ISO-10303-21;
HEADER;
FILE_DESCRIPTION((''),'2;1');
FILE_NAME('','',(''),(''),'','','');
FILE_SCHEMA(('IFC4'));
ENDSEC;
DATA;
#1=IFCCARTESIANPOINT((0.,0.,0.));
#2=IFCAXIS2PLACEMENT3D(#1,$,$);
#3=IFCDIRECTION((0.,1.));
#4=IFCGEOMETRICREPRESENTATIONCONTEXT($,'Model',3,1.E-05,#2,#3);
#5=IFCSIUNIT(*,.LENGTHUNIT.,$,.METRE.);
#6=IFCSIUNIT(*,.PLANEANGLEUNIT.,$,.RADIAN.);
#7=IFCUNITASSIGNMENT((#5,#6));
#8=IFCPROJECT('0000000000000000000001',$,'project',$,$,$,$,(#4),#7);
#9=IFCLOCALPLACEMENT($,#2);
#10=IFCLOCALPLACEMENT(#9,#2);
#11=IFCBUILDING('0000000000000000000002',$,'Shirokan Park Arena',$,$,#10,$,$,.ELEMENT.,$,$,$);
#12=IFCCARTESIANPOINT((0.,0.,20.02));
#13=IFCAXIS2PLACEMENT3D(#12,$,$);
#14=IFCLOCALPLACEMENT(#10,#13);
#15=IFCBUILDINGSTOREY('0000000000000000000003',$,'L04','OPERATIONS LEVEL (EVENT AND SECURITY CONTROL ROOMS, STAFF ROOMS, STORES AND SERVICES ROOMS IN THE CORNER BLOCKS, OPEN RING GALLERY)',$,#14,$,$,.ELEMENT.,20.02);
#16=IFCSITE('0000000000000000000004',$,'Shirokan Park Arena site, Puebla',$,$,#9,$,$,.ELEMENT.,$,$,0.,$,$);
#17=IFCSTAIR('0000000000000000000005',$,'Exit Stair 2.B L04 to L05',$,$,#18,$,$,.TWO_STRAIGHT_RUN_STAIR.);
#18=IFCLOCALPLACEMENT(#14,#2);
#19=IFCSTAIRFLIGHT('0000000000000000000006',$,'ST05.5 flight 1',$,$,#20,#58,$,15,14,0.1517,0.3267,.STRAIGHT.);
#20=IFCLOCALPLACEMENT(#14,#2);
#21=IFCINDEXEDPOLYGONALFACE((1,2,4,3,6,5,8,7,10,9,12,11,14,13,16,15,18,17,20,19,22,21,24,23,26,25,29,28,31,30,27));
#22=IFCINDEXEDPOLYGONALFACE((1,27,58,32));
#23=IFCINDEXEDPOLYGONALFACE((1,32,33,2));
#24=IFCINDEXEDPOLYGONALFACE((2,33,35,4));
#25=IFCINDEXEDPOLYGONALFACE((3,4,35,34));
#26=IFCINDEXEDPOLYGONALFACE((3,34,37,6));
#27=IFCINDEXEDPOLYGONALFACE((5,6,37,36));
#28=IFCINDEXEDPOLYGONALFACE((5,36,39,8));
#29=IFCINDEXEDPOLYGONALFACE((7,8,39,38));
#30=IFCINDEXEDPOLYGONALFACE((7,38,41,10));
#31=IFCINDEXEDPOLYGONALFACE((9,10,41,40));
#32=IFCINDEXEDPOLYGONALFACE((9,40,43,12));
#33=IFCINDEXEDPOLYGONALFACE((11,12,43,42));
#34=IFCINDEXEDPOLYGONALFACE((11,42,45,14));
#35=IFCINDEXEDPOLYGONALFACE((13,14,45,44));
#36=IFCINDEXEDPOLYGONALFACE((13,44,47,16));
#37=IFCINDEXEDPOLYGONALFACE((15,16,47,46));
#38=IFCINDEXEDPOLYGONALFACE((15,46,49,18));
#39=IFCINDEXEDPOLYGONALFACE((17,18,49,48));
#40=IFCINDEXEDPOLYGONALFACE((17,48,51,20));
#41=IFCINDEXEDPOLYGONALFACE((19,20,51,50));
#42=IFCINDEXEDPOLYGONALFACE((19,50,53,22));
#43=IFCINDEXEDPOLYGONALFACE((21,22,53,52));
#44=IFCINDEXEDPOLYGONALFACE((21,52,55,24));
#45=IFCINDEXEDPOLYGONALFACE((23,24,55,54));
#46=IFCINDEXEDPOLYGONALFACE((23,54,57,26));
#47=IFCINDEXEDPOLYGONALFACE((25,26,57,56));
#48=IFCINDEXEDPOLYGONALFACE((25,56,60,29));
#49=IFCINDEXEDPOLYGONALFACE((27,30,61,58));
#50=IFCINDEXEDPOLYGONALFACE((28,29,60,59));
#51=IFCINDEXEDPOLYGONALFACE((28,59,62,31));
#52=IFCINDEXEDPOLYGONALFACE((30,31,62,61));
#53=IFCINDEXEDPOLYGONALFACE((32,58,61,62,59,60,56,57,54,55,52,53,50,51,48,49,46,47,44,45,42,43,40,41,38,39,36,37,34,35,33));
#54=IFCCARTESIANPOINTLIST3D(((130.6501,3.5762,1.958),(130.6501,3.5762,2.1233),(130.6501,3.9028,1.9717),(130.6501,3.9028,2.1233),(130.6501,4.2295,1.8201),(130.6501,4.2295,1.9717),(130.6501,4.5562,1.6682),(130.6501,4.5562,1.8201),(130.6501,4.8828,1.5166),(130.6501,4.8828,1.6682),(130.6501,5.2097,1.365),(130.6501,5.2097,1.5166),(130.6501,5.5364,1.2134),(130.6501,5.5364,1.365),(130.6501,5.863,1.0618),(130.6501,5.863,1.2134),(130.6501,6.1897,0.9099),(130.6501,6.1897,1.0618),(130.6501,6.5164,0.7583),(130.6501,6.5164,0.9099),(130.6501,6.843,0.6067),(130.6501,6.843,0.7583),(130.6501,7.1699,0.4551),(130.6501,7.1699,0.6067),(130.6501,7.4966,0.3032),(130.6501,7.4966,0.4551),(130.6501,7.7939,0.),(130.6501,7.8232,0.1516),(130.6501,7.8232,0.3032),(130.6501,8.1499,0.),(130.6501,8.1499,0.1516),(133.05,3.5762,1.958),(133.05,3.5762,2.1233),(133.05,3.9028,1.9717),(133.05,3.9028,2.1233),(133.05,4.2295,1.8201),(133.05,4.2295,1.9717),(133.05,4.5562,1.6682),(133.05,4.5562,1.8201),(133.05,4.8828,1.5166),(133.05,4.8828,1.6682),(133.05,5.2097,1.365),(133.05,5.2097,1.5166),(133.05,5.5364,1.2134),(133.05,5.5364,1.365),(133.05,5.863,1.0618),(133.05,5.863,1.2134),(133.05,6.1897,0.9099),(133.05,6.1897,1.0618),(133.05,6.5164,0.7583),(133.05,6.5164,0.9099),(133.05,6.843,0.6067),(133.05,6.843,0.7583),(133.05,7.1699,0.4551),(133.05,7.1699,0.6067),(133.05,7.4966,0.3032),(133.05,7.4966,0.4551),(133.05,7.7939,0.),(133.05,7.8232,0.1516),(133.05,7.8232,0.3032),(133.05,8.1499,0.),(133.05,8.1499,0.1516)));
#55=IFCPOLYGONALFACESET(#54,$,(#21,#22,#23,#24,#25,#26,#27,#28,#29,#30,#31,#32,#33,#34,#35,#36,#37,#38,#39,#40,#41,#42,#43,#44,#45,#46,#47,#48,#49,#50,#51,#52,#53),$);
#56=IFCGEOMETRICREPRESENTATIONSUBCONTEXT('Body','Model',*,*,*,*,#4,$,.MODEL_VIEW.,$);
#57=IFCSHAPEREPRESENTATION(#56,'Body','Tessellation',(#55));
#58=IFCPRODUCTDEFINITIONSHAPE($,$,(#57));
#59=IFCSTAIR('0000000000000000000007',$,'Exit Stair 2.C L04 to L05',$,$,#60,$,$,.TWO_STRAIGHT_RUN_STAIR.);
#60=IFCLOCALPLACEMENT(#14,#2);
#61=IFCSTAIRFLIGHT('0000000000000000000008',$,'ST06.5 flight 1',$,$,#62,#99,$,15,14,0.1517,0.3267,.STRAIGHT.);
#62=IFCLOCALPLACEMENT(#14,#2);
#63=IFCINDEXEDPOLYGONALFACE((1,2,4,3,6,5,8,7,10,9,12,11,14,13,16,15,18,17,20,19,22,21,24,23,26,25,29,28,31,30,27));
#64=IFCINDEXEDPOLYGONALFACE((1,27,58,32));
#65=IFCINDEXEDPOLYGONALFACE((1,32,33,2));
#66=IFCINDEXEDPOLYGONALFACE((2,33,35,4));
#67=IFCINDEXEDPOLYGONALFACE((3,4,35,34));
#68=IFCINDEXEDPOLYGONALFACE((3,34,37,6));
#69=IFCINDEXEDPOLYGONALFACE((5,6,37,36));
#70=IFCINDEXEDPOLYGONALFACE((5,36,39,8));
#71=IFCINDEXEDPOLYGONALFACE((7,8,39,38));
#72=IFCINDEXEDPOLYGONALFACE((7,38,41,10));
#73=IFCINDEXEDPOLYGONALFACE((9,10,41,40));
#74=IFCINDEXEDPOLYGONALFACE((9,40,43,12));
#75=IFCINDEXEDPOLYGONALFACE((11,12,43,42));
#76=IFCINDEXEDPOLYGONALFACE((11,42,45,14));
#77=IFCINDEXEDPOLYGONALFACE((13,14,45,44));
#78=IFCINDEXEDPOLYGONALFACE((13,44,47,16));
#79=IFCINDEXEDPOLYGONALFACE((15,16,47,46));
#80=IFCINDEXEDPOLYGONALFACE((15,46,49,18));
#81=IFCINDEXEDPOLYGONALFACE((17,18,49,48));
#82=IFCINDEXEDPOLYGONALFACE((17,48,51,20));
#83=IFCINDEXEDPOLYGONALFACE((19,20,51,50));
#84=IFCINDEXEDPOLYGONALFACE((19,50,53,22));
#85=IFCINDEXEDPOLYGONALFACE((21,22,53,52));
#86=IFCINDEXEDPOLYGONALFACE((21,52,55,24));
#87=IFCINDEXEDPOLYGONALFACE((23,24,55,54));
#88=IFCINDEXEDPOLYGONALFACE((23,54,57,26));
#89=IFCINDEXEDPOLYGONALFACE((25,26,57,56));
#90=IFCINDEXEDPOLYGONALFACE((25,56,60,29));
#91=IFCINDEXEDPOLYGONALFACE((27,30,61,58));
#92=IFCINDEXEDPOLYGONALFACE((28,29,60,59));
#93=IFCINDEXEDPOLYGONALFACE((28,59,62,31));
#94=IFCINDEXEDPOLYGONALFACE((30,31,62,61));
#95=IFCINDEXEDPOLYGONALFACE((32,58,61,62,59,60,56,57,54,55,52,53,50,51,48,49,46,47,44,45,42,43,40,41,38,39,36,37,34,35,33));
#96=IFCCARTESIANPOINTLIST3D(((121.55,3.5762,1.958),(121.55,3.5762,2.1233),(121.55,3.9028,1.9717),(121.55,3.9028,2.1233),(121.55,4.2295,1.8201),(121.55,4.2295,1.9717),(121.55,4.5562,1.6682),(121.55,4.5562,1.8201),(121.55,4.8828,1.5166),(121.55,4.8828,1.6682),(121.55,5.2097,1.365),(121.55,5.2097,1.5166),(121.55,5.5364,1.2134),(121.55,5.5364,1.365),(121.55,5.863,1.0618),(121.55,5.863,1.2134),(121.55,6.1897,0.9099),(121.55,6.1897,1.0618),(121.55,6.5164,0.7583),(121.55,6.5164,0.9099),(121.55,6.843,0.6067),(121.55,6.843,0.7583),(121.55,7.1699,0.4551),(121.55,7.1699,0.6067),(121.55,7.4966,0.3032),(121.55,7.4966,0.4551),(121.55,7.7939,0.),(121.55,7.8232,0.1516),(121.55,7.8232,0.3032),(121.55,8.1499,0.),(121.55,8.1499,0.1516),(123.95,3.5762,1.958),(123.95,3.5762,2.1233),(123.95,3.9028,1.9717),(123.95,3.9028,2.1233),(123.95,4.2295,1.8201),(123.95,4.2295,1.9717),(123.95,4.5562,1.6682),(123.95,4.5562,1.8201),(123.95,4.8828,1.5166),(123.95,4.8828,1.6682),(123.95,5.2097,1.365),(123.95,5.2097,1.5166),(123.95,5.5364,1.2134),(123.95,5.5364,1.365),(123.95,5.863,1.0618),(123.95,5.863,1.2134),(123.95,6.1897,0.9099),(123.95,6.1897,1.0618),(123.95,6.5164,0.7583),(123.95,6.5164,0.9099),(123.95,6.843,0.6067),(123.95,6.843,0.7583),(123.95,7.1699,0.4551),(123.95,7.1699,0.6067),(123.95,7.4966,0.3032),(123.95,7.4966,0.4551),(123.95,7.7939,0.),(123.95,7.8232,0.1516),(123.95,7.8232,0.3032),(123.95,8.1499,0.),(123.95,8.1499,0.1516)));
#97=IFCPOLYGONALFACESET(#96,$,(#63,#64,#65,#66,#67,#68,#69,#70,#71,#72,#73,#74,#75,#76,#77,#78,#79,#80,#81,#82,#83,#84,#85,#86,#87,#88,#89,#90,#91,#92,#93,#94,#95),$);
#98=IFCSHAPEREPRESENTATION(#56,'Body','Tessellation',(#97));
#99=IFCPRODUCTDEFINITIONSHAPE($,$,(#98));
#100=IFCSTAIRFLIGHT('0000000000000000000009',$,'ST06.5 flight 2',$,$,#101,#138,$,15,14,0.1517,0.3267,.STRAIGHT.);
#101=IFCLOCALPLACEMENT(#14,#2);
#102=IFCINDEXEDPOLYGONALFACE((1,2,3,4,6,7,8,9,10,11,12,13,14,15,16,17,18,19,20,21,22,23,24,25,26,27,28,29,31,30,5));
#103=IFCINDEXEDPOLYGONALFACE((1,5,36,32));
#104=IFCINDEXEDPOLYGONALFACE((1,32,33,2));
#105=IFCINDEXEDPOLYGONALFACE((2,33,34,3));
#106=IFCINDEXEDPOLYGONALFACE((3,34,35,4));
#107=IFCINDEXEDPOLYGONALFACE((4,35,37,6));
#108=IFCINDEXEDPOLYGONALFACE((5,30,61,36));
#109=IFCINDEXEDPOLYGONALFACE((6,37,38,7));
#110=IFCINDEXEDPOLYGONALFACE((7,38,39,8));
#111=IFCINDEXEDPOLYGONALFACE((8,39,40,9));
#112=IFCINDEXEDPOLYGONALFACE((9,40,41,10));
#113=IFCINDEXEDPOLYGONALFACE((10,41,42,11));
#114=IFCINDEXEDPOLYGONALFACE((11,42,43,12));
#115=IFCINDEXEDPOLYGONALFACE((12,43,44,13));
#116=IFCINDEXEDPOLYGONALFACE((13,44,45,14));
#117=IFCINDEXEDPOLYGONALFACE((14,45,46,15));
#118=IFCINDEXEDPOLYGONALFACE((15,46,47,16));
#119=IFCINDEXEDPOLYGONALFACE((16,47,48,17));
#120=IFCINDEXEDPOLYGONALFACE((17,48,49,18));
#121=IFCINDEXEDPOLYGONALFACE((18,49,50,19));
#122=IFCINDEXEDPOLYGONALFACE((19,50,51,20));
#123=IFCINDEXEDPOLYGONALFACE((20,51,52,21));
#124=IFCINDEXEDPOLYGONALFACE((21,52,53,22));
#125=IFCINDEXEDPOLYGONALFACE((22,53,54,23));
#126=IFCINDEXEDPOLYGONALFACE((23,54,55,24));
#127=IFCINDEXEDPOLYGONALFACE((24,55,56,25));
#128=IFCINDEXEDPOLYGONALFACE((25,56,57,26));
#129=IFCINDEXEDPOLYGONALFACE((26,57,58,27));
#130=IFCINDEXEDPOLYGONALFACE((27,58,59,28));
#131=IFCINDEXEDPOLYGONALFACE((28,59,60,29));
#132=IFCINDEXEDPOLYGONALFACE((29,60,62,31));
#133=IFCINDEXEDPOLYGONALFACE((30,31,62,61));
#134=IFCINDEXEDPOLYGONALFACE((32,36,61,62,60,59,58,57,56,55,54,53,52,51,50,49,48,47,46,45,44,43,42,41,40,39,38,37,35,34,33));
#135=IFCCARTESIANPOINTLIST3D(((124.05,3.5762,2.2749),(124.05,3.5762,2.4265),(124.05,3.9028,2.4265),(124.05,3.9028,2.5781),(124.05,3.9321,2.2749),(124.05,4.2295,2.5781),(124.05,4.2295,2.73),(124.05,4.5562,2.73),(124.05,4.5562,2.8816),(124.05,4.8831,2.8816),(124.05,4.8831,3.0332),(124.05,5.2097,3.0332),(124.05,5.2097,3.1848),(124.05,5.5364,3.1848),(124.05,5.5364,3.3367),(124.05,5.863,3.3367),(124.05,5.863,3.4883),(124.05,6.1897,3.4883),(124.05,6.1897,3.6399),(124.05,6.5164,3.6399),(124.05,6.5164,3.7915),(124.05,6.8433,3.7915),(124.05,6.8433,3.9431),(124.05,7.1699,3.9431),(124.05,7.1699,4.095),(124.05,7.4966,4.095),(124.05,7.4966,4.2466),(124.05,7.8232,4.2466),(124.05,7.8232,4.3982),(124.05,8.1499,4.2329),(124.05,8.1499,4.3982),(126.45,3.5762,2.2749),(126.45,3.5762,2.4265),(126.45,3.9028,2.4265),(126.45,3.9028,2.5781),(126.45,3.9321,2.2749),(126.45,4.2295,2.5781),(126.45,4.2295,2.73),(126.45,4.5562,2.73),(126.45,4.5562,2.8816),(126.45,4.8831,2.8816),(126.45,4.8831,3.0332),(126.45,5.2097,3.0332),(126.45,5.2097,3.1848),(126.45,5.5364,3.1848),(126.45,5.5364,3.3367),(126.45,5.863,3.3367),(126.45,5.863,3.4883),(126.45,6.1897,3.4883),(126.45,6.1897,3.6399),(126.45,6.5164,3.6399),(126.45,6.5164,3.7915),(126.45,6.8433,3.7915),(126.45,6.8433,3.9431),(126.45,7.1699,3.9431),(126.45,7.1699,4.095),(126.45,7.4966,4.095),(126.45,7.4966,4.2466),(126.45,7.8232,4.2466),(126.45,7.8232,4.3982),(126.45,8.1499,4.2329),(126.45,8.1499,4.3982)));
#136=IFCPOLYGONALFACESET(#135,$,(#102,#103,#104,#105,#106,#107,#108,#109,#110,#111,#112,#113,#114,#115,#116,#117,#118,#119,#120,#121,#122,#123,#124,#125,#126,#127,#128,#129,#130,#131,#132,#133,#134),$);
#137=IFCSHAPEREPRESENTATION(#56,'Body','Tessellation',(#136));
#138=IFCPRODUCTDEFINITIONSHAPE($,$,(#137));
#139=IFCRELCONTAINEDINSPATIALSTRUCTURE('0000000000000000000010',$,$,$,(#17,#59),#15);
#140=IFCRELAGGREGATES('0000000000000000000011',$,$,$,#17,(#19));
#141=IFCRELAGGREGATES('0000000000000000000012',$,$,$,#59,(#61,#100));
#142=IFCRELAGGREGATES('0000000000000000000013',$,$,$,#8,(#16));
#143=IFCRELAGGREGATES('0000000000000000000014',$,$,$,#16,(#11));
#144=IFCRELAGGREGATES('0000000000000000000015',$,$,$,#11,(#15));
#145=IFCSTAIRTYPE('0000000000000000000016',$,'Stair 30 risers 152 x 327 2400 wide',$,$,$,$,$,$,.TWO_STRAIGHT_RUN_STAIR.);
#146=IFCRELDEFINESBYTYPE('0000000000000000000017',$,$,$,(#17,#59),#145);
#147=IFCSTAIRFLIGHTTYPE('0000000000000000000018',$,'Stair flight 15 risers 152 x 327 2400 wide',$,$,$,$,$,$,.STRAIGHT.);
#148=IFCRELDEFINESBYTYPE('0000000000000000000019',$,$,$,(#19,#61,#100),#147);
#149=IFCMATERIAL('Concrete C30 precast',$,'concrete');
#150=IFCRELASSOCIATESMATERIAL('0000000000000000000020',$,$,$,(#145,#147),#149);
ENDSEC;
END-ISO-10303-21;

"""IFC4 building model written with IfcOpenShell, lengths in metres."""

from ifc_helpers import new_model, si_unit, direction, frame, origin, place, context, subcontext, project, spatial, polyline, outline, extrude, material, type_object, element, aggregate, save


model = new_model("IFC4")

# Units and contexts
model_context = context("Model", 3, precision=1e-05, world=origin(), true_north=direction((0.0, 1.0)))
body_context = subcontext(model_context, "Body", "Model", "MODEL_VIEW")
ifc_project = project(units=[si_unit("LENGTHUNIT", "METRE"), si_unit("PLANEANGLEUNIT", "RADIAN")], contexts=[model_context])

# Site, building, storey
site_placement = place(None, origin())
site = spatial("IfcSite", under=ifc_project, at=site_placement, Name="Shirokan Park Arena site, Puebla", CompositionType="ELEMENT", RefElevation=0.0)
building_placement = place(site_placement, origin())
building = spatial("IfcBuilding", under=site, at=building_placement, Name="Shirokan Park Arena", CompositionType="ELEMENT")
storey_placement = place(building_placement, frame((0.0, 0.0, 20.02)))
storey = spatial("IfcBuildingStorey", under=building, at=storey_placement, Name="L04", Description="OPERATIONS LEVEL (EVENT AND SECURITY CONTROL ROOMS, STAFF ROOMS, STORES AND SERVICES ROOMS IN THE CORNER BLOCKS, OPEN RING GALLERY)", CompositionType="ELEMENT", Elevation=20.02)

# Stair, stair flight
ifc_material_1 = material(Name="Concrete C30 precast", Category="concrete")
stair_type = type_object("IfcStairType", Name="Stair 30 risers 152 x 327 2400 wide", PredefinedType="TWO_STRAIGHT_RUN_STAIR", material=ifc_material_1)
stair_1_placement = place(storey_placement, origin())
stair_1 = element("IfcStair", 1, at=stair_1_placement, inside=storey, type_object=stair_type, Name="Exit Stair 2.B L04 to L05", PredefinedType="TWO_STRAIGHT_RUN_STAIR")
stair_flight_type = type_object("IfcStairFlightType", Name="Stair flight 15 risers 152 x 327 2400 wide", PredefinedType="STRAIGHT", material=ifc_material_1)
stair_flight_1_placement = place(storey_placement, frame((131.8501, 8.1499, 0.0), z_axis=(0.0, 0.0, 1.0), x_axis=(0.0, -1.0, 0.0)))
stair_flight_1 = element("IfcStairFlight", 2, at=stair_flight_1_placement, type_object=stair_flight_type, Name="ST05.5 flight 1", NumberOfRisers=15, NumberOfTreads=14, PredefinedType="STRAIGHT", RiserHeight=0.1517, TreadLength=0.3267, context=body_context, shape_type="SweptSolid", body=[
    extrude(outline(polyline([(0.0, 0.0), (0.0, 0.1516), (0.3267, 0.1516), (0.3267, 0.3032), (0.6533, 0.3032), (0.6533, 0.4551), (0.98, 0.4551), (0.98, 0.6067), (1.3069, 0.6067), (1.3069, 0.7583), (1.6335, 0.7583), (1.6335, 0.9099), (1.9602, 0.9099), (1.9602, 1.0618), (2.2869, 1.0618), (2.2869, 1.2134), (2.6135, 1.2134), (2.6135, 1.365), (2.9402, 1.365), (2.9402, 1.5166), (3.2671, 1.5166), (3.2671, 1.6682), (3.5938, 1.6682), (3.5938, 1.8201), (3.9204, 1.8201), (3.9204, 1.9717), (4.2471, 1.9717), (4.2471, 2.1233), (4.5737, 2.1233), (4.5737, 2.2749), (4.5737, 1.958), (0.356, 0.0), (0.0, 0.0)])), frame((0.0, 1.2, 0.0), z_axis=(0.0, -1.0, 0.0), x_axis=(1.0, 0.0, 0.0)), (0.0, 0.0, 1.0), 2.3999),
])
aggregate(stair_1, [stair_flight_1])

# Stair, stair flights
stair_2_placement = place(storey_placement, origin())
stair_2 = element("IfcStair", 3, at=stair_2_placement, inside=storey, type_object=stair_type, Name="Exit Stair 2.C L04 to L05", PredefinedType="TWO_STRAIGHT_RUN_STAIR")
stair_flight_2_placement = place(storey_placement, frame((122.75, 8.1499, 0.0), z_axis=(0.0, 0.0, 1.0), x_axis=(0.0, -1.0, 0.0)))
stair_flight_2 = element("IfcStairFlight", 4, at=stair_flight_2_placement, type_object=stair_flight_type, Name="ST06.5 flight 1", NumberOfRisers=15, NumberOfTreads=14, PredefinedType="STRAIGHT", RiserHeight=0.1517, TreadLength=0.3267, context=body_context, shape_type="SweptSolid", body=[
    extrude(outline(polyline([(0.0, 0.0), (0.0, 0.1516), (0.3267, 0.1516), (0.3267, 0.3032), (0.6533, 0.3032), (0.6533, 0.4551), (0.98, 0.4551), (0.98, 0.6067), (1.3069, 0.6067), (1.3069, 0.7583), (1.6335, 0.7583), (1.6335, 0.9099), (1.9602, 0.9099), (1.9602, 1.0618), (2.2869, 1.0618), (2.2869, 1.2134), (2.6135, 1.2134), (2.6135, 1.365), (2.9402, 1.365), (2.9402, 1.5166), (3.2671, 1.5166), (3.2671, 1.6682), (3.5938, 1.6682), (3.5938, 1.8201), (3.9204, 1.8201), (3.9204, 1.9717), (4.2471, 1.9717), (4.2471, 2.1233), (4.5737, 2.1233), (4.5737, 2.2749), (4.5737, 1.958), (0.356, 0.0), (0.0, 0.0)])), frame((0.0, 1.2, 0.0), z_axis=(0.0, -1.0, 0.0), x_axis=(1.0, 0.0, 0.0)), (0.0, 0.0, 1.0), 2.3999),
])
stair_flight_3_placement = place(storey_placement, frame((125.25, 3.5762, 2.2749), z_axis=(0.0, 0.0, 1.0), x_axis=(0.0, 1.0, 0.0)))
stair_flight_3 = element("IfcStairFlight", 5, at=stair_flight_3_placement, type_object=stair_flight_type, Name="ST06.5 flight 2", NumberOfRisers=15, NumberOfTreads=14, PredefinedType="STRAIGHT", RiserHeight=0.1517, TreadLength=0.3267, context=body_context, shape_type="SweptSolid", body=[
    extrude(outline(polyline([(0.0, 0.0), (0.0, 0.1516), (0.3267, 0.1516), (0.3267, 0.3032), (0.6533, 0.3032), (0.6533, 0.4551), (0.98, 0.4551), (0.98, 0.6067), (1.3069, 0.6067), (1.3069, 0.7583), (1.6335, 0.7583), (1.6335, 0.9099), (1.9602, 0.9099), (1.9602, 1.0618), (2.2869, 1.0618), (2.2869, 1.2134), (2.6135, 1.2134), (2.6135, 1.365), (2.9402, 1.365), (2.9402, 1.5166), (3.2671, 1.5166), (3.2671, 1.6682), (3.5938, 1.6682), (3.5938, 1.8201), (3.9204, 1.8201), (3.9204, 1.9717), (4.2471, 1.9717), (4.2471, 2.1233), (4.5737, 2.1233), (4.5737, 2.2749), (4.5737, 1.958), (0.356, 0.0), (0.0, 0.0)])), frame((0.0, 1.2, 0.0), z_axis=(0.0, -1.0, 0.0), x_axis=(1.0, 0.0, 0.0)), (0.0, 0.0, 1.0), 2.3999),
])
aggregate(stair_2, [stair_flight_2, stair_flight_3])

save(model, "model.ifc")
